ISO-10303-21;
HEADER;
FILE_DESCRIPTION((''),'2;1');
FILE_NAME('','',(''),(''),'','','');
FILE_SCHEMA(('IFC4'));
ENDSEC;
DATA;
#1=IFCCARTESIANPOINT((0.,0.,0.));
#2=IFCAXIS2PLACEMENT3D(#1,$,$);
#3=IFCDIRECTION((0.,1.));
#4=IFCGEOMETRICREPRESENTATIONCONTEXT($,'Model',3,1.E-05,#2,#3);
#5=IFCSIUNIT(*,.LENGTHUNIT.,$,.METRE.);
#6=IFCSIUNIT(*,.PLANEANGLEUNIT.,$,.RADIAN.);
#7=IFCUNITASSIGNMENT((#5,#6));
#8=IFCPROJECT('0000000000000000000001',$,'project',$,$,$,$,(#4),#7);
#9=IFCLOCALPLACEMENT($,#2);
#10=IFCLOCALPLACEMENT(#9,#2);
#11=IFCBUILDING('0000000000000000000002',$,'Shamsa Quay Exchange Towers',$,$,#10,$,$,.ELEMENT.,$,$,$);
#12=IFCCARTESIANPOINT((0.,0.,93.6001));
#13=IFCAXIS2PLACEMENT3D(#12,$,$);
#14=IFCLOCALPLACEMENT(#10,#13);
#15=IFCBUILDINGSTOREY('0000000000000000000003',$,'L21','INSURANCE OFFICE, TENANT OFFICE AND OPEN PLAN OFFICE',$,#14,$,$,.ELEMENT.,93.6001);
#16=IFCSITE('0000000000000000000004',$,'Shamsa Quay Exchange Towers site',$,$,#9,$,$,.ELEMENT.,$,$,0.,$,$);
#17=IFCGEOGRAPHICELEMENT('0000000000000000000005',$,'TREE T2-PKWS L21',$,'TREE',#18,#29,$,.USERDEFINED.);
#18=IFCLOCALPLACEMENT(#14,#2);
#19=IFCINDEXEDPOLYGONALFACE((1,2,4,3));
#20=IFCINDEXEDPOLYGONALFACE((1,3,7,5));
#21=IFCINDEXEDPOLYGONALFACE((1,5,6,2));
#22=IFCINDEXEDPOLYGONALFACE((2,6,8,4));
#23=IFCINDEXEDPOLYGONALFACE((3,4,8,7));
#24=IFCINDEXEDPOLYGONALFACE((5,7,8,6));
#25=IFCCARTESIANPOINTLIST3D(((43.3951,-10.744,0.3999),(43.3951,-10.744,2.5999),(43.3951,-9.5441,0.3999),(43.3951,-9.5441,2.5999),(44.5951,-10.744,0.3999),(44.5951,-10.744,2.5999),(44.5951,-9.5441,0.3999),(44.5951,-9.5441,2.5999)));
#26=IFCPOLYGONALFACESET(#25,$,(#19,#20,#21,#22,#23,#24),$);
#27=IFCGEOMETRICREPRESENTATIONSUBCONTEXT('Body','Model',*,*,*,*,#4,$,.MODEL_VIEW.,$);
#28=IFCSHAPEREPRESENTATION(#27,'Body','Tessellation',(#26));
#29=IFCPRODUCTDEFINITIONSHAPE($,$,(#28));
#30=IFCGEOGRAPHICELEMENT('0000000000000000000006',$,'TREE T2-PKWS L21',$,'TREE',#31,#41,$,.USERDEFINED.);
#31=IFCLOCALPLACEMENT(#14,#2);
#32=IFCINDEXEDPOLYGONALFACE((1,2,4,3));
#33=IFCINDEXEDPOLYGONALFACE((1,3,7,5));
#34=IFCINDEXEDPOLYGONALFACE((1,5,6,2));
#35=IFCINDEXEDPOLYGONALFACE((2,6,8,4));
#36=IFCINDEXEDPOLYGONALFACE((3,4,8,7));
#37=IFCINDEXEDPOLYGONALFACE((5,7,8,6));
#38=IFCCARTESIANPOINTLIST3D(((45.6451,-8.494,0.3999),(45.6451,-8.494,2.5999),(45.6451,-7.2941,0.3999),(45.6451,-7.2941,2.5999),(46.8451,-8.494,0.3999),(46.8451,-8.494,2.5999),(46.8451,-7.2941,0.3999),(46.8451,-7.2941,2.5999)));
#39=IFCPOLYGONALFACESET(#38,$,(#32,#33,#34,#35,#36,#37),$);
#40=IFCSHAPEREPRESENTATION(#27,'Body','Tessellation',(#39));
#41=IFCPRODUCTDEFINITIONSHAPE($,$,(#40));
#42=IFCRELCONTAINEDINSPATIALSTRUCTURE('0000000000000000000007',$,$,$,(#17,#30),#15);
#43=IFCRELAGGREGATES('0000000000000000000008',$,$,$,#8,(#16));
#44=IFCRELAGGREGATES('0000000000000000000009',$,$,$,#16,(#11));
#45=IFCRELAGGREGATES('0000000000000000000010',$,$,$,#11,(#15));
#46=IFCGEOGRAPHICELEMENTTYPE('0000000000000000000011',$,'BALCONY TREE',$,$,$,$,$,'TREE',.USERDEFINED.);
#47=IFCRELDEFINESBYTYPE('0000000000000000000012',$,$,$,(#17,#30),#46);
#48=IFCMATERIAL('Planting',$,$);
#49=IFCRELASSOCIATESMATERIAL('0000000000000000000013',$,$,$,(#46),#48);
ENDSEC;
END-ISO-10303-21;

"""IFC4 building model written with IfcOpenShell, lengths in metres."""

from ifc_helpers import new_model, si_unit, direction, frame, origin, origin_2d, place, context, subcontext, project, spatial, rectangle, extrude, material, type_object, element, save


model = new_model("IFC4")

# Units and contexts
model_context = context("Model", 3, precision=1e-05, world=origin(), true_north=direction((0.0, 1.0)))
body_context = subcontext(model_context, "Body", "Model", "MODEL_VIEW")
ifc_project = project(units=[si_unit("LENGTHUNIT", "METRE"), si_unit("PLANEANGLEUNIT", "RADIAN")], contexts=[model_context])

# Site, building, storey
site_placement = place(None, origin())
site = spatial("IfcSite", under=ifc_project, at=site_placement, Name="Shamsa Quay Exchange Towers site", CompositionType="ELEMENT", RefElevation=0.0)
building_placement = place(site_placement, origin())
building = spatial("IfcBuilding", under=site, at=building_placement, Name="Shamsa Quay Exchange Towers", CompositionType="ELEMENT")
storey_placement = place(building_placement, frame((0.0, 0.0, 93.6001)))
storey = spatial("IfcBuildingStorey", under=building, at=storey_placement, Name="L21", Description="INSURANCE OFFICE, TENANT OFFICE AND OPEN PLAN OFFICE", CompositionType="ELEMENT", Elevation=93.6001)

# Geographic elements
ifc_material_1 = material(Name="Planting")
geographic_element_type = type_object("IfcGeographicElementType", Name="BALCONY TREE", ElementType="TREE", PredefinedType="USERDEFINED", material=ifc_material_1)
for number, where, z_axis, x_axis, name in (
    (1, (43.9951, -10.144, 0.3999), (0.0, 0.0, 1.0), (0.0, 1.0, 0.0), "TREE T2-PKWS L21"),
    (2, (46.2451, -7.894, 0.3999), (0.0, 0.0, 1.0), (0.0, 1.0, 0.0), "TREE T2-PKWS L21"),
):
    element("IfcGeographicElement", number, at=place(storey_placement, frame(where, z_axis=z_axis, x_axis=x_axis)), inside=storey, type_object=geographic_element_type, Name=name, ObjectType="TREE", PredefinedType="USERDEFINED", context=body_context, shape_type="SweptSolid", body=[
        extrude(rectangle(XDim=1.2, YDim=1.2, at=origin_2d()), origin(), (0.0, 0.0, 1.0), 2.2),
    ])

save(model, "model.ifc")
